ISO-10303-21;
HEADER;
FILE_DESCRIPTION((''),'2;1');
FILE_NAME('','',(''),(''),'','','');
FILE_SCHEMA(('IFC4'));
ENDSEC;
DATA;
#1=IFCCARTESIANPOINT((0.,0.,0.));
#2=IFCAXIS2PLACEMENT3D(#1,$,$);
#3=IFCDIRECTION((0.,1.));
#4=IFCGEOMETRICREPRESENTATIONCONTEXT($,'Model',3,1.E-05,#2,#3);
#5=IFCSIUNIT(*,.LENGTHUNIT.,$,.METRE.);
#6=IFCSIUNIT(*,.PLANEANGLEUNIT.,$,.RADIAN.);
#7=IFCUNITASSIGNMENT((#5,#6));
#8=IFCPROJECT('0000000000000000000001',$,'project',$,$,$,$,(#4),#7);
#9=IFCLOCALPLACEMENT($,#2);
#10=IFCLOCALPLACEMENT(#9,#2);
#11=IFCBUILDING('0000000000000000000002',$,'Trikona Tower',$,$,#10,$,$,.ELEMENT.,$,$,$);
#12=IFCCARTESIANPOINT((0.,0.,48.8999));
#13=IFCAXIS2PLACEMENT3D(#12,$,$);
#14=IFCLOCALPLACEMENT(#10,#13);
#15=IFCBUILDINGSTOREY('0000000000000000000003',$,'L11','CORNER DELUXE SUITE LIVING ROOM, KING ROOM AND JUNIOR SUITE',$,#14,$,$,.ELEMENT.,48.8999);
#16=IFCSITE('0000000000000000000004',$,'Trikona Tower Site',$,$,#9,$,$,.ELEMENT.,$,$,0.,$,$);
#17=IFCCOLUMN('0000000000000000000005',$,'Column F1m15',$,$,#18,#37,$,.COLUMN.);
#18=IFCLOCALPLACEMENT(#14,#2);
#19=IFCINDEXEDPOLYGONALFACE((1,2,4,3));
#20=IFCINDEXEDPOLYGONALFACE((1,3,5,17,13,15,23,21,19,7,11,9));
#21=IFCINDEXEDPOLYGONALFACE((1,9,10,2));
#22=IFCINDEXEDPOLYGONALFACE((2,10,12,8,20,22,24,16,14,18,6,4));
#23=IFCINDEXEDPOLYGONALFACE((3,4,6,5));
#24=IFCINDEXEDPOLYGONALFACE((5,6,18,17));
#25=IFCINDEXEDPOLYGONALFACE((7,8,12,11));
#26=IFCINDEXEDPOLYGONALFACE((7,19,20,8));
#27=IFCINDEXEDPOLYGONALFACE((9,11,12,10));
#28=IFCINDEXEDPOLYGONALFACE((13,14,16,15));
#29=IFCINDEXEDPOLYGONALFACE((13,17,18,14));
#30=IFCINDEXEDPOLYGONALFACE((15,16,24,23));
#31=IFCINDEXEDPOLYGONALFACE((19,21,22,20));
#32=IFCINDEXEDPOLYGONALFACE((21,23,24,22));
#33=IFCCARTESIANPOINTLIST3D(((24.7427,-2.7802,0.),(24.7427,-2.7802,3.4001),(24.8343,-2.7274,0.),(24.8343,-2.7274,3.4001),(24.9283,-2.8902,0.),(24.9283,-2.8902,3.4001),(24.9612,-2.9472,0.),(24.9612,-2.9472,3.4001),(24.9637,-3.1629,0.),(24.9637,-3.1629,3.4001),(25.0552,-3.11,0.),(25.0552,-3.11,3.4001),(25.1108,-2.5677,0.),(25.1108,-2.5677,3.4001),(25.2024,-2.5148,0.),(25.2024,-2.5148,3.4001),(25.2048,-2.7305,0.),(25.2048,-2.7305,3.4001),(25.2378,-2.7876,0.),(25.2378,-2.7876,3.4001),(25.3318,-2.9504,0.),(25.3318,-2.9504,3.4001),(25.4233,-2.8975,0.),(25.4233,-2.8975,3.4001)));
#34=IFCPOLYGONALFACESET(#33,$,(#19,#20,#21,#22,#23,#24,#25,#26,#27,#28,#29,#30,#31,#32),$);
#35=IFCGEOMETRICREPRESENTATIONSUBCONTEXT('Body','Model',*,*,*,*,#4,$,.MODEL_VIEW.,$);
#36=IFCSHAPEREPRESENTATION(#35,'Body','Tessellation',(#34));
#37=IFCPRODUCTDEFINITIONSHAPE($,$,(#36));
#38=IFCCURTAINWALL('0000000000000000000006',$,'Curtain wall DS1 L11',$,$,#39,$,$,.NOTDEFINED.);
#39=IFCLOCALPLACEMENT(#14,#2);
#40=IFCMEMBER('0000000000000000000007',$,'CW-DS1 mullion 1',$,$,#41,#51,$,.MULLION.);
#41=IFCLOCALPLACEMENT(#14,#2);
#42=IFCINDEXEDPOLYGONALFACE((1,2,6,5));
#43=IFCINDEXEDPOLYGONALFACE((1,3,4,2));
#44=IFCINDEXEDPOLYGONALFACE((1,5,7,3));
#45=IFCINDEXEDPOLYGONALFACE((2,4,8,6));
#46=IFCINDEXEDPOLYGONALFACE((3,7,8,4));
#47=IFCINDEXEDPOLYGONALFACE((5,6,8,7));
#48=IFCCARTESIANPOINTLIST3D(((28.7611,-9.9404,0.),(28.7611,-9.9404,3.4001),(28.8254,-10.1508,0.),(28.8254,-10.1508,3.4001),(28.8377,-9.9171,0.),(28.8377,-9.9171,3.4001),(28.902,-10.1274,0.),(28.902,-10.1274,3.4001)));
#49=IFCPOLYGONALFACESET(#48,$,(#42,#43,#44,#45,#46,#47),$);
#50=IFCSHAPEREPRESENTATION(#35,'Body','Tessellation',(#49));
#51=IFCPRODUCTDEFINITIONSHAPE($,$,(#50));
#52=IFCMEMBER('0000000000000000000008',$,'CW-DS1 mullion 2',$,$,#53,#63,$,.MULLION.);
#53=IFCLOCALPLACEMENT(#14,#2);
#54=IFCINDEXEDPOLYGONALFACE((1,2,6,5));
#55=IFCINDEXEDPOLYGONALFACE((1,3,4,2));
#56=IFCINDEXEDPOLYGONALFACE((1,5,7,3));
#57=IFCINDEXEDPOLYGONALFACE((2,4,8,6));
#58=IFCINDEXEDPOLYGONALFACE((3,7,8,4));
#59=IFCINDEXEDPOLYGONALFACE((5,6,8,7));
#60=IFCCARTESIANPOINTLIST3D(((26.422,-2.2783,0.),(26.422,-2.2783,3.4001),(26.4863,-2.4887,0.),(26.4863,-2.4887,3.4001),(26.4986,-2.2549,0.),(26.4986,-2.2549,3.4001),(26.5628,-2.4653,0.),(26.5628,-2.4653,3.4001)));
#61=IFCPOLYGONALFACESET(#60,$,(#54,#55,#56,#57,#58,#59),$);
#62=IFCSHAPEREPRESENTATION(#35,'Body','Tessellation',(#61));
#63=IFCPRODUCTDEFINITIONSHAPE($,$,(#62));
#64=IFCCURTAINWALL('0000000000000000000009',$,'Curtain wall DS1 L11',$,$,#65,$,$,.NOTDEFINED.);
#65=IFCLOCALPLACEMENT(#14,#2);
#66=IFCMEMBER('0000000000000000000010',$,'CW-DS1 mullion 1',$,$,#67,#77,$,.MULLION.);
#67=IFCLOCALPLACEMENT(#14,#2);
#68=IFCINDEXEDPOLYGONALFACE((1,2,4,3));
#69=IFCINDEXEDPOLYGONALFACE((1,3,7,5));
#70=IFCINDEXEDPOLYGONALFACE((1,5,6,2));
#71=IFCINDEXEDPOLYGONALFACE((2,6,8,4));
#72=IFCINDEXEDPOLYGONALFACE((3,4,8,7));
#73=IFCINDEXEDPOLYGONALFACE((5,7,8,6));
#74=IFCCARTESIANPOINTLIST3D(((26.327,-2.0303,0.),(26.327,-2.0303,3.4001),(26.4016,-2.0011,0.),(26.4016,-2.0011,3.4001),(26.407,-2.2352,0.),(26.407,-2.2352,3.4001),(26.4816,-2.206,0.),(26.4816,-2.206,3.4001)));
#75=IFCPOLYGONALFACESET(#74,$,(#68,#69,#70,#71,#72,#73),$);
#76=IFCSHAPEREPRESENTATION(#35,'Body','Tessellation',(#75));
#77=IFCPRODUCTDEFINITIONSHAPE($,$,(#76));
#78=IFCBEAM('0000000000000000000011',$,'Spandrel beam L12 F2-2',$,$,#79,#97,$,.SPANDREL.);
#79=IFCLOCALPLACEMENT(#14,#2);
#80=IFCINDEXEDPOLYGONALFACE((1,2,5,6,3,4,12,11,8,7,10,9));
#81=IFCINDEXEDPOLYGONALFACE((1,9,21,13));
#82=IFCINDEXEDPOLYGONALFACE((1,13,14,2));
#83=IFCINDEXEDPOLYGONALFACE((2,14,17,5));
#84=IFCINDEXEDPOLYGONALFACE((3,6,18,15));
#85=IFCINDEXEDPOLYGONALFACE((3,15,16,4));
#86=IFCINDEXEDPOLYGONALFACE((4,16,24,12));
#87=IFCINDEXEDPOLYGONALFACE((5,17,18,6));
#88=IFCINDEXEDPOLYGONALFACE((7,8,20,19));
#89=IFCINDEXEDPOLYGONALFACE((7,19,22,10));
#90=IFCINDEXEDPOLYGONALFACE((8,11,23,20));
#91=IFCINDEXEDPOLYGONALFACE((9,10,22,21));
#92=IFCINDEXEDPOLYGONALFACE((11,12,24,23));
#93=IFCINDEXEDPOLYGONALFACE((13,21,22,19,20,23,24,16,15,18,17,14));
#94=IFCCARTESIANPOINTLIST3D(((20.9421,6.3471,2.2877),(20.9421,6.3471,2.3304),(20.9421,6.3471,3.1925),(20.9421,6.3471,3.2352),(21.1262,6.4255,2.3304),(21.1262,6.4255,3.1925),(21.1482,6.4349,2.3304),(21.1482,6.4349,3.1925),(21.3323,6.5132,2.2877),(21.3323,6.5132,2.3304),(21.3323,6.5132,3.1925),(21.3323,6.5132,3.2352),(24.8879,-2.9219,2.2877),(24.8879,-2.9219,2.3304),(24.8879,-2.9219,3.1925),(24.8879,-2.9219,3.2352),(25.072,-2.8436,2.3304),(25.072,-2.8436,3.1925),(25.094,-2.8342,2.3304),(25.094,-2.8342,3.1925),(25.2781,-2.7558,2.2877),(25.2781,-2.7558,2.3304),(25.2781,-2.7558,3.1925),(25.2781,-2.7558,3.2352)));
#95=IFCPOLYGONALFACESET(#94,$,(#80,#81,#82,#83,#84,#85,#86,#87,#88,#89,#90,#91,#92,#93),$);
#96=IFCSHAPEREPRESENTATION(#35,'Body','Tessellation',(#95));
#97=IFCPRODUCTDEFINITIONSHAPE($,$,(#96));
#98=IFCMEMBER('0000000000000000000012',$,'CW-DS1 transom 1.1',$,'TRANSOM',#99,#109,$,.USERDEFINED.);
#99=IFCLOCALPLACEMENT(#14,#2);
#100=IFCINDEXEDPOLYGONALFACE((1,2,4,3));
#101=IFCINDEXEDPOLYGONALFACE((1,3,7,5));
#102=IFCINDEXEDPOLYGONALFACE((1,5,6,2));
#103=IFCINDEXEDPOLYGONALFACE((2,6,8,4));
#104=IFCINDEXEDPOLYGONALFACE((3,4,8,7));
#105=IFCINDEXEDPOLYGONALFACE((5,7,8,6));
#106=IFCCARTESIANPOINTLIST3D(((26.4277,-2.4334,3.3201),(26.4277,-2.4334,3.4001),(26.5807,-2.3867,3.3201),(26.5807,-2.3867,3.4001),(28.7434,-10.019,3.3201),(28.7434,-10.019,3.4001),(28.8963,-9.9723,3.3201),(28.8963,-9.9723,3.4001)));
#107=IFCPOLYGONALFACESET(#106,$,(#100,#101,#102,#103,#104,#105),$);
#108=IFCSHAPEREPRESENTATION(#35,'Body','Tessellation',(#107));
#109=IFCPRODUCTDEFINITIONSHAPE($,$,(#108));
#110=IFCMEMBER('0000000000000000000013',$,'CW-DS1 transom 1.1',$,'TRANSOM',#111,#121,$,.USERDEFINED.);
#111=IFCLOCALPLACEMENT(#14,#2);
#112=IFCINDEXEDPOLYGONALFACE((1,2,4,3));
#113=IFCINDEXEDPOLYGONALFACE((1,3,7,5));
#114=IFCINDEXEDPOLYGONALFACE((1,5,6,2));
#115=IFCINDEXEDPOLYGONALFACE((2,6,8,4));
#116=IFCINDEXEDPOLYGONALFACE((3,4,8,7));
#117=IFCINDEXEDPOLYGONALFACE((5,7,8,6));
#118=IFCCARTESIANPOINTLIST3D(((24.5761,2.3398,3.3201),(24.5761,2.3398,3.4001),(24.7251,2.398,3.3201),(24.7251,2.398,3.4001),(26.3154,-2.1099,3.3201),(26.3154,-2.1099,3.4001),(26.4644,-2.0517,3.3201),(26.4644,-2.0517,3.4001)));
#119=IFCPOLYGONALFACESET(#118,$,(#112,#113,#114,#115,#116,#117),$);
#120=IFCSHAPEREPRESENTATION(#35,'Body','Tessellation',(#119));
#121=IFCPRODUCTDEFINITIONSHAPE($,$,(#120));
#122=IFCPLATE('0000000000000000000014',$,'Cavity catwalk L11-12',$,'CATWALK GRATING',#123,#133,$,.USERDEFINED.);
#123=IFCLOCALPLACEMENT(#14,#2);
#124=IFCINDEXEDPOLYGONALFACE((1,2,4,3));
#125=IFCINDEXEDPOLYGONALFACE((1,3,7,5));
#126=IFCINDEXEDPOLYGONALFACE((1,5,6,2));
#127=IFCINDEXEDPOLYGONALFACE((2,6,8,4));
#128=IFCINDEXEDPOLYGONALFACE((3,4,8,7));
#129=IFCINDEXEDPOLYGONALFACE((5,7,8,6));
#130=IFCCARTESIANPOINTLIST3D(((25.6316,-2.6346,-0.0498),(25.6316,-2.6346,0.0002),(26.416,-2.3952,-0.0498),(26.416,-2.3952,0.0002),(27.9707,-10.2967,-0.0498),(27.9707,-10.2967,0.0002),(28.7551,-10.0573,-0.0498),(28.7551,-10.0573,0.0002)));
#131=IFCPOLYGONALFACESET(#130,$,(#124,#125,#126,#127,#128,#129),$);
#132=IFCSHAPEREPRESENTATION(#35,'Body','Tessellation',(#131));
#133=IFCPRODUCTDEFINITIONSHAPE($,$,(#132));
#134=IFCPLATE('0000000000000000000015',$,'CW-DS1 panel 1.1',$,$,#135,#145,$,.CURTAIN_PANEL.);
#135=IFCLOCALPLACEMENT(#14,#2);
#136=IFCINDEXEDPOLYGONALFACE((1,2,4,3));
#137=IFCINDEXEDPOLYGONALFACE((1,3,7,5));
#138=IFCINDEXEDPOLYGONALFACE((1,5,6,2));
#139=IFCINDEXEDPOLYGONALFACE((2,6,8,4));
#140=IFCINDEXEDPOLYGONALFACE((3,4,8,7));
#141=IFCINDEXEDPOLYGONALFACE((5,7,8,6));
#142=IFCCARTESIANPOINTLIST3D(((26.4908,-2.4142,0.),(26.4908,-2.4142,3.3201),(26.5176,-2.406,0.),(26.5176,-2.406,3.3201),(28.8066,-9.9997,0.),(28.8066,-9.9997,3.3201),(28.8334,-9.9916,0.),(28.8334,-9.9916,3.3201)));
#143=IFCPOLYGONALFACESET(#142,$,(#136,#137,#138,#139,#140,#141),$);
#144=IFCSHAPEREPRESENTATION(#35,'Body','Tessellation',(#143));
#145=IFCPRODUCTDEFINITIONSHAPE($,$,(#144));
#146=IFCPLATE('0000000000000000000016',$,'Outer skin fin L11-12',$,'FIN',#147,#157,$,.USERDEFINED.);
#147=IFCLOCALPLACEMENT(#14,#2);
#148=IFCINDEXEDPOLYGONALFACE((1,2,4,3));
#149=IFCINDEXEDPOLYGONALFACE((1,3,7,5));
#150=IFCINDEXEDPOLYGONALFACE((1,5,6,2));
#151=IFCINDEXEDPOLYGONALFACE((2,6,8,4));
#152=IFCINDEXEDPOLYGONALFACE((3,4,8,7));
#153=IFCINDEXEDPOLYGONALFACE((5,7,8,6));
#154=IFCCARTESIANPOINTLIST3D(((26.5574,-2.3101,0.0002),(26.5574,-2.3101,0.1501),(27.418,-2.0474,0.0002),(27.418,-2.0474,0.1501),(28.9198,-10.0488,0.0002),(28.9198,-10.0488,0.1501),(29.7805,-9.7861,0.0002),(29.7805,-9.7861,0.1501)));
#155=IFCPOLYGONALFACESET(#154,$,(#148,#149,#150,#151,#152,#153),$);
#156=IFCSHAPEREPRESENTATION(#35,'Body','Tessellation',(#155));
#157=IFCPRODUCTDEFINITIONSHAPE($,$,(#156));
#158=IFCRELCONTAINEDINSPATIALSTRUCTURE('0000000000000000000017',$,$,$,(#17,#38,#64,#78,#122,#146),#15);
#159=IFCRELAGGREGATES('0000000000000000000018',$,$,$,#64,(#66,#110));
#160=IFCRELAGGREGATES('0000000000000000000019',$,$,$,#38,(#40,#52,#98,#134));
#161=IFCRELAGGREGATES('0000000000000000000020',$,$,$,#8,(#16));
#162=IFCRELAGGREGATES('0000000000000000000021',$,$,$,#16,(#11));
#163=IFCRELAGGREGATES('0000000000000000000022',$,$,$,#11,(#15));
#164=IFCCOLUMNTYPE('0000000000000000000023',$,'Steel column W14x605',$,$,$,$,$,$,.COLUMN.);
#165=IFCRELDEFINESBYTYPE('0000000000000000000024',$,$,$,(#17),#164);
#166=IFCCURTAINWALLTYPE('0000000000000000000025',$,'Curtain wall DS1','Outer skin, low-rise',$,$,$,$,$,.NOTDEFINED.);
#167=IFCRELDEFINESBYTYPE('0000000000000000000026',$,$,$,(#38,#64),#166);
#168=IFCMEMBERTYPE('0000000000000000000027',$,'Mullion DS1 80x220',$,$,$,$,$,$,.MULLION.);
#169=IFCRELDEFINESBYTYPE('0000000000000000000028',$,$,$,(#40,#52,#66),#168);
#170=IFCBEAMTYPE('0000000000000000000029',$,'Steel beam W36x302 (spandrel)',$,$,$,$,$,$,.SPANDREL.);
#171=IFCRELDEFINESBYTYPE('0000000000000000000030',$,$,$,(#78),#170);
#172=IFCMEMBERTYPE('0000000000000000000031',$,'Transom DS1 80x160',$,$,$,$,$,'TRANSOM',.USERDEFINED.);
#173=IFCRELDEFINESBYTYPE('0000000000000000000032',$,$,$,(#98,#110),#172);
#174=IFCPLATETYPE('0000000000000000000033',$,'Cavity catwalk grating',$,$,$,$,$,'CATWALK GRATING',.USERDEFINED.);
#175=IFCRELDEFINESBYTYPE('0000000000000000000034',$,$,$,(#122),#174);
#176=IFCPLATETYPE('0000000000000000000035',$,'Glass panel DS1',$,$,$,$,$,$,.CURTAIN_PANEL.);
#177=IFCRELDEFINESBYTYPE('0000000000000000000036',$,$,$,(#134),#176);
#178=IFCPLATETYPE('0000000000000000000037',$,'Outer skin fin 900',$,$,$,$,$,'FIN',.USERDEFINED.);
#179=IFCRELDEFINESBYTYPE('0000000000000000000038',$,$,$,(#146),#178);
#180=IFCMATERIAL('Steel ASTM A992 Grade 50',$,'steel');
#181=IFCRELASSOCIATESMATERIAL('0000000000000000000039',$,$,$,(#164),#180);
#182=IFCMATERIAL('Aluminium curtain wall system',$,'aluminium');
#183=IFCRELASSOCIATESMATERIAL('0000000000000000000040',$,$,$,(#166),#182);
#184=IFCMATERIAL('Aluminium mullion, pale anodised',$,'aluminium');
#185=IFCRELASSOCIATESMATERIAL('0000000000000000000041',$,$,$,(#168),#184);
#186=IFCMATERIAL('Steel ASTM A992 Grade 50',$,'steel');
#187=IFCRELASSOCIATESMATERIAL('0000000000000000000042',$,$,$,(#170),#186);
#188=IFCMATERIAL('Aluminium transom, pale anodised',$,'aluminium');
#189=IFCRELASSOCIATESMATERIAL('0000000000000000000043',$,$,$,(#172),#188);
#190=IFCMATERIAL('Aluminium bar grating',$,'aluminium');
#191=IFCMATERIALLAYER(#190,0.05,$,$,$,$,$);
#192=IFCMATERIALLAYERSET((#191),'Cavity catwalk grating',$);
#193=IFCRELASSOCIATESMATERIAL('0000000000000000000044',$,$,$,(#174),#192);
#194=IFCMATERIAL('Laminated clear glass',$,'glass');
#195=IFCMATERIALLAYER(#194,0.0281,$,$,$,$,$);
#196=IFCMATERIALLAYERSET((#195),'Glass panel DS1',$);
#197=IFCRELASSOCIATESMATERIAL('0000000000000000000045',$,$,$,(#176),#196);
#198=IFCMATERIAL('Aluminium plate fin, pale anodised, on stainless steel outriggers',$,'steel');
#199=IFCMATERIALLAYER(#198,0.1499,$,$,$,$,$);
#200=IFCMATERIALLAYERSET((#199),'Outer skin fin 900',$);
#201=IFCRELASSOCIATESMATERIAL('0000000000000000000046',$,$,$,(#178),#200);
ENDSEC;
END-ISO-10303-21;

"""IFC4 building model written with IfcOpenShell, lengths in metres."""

from ifc_helpers import new_model, si_unit, direction, frame, origin, origin_2d, place, context, subcontext, project, spatial, rectangle, i_section, extrude, material, layer, layer_set, material_profile, profile_set, type_object, element, aggregate, save


model = new_model("IFC4")

# Units and contexts
model_context = context("Model", 3, precision=1e-05, world=origin(), true_north=direction((0.0, 1.0)))
body_context = subcontext(model_context, "Body", "Model", "MODEL_VIEW")
ifc_project = project(units=[si_unit("LENGTHUNIT", "METRE"), si_unit("PLANEANGLEUNIT", "RADIAN")], contexts=[model_context])

# Site, building, storey
site_placement = place(None, origin())
site = spatial("IfcSite", under=ifc_project, at=site_placement, Name="Trikona Tower Site", CompositionType="ELEMENT", RefElevation=0.0)
building_placement = place(site_placement, origin())
building = spatial("IfcBuilding", under=site, at=building_placement, Name="Trikona Tower", CompositionType="ELEMENT")
storey_placement = place(building_placement, frame((0.0, 0.0, 48.8999)))
storey = spatial("IfcBuildingStorey", under=building, at=storey_placement, Name="L11", Description="CORNER DELUXE SUITE LIVING ROOM, KING ROOM AND JUNIOR SUITE", CompositionType="ELEMENT", Elevation=48.8999)

# Column
ifc_material_1 = material(Name="Steel ASTM A992 Grade 50", Category="steel")
ifc_material_profile_1 = material_profile(ifc_material_1, i_section(OverallWidth=0.4419, OverallDepth=0.5308, WebThickness=0.0659, FlangeThickness=0.1057, at=origin_2d()), Name="W14X605")
ifc_profile_set_1 = profile_set([ifc_material_profile_1], Name="Steel ASTM A992 Grade 50")
column_type = type_object("IfcColumnType", Name="Steel column W14x605", PredefinedType="COLUMN", material=ifc_profile_set_1)
column_placement = place(storey_placement, frame((25.083, -2.8389, 0.0), z_axis=(0.0, 0.0, 1.0), x_axis=(-0.5, 0.866025, 0.0)))
element("IfcColumn", 1, at=column_placement, inside=storey, type_object=column_type, Name="Column F1m15", PredefinedType="COLUMN", context=body_context, shape_type="SweptSolid", body=[
    extrude(i_section(OverallWidth=0.4419, OverallDepth=0.5308, WebThickness=0.0659, FlangeThickness=0.1057, at=origin_2d()), origin(), (0.0, 0.0, 1.0), 3.4001),
])

# Curtain wall, members
ifc_material_2 = material(Name="Aluminium curtain wall system", Category="aluminium")
curtain_wall_type = type_object("IfcCurtainWallType", Name="Curtain wall DS1", Description="Outer skin, low-rise", PredefinedType="NOTDEFINED", material=ifc_material_2)
curtain_wall_1_placement = place(storey_placement, origin())
curtain_wall_1 = element("IfcCurtainWall", 2, at=curtain_wall_1_placement, inside=storey, type_object=curtain_wall_type, Name="Curtain wall DS1 L11", PredefinedType="NOTDEFINED")
ifc_material_3 = material(Name="Aluminium mullion, pale anodised", Category="aluminium")
ifc_material_profile_2 = material_profile(ifc_material_3, rectangle(XDim=0.0801, YDim=0.22, at=origin_2d()), Name="MUL-DS1")
ifc_profile_set_2 = profile_set([ifc_material_profile_2], Name="Aluminium mullion, pale anodised")
member_type_1 = type_object("IfcMemberType", Name="Mullion DS1 80x220", PredefinedType="MULLION", material=ifc_profile_set_2)
member_1_placement = place(storey_placement, frame((28.8315, -10.0339, 0.0), z_axis=(0.0, 0.0, 1.0), x_axis=(-0.956423, -0.291984, 0.0)))
member_1 = element("IfcMember", 3, at=member_1_placement, type_object=member_type_1, Name="CW-DS1 mullion 1", PredefinedType="MULLION", context=body_context, shape_type="SweptSolid", body=[
    extrude(rectangle(XDim=0.0801, YDim=0.22, at=origin_2d()), origin(), (0.0, 0.0, 1.0), 3.4001),
])
member_2_placement = place(storey_placement, frame((26.4924, -2.3718, 0.0), z_axis=(0.0, 0.0, 1.0), x_axis=(-0.956423, -0.291984, 0.0)))
member_2 = element("IfcMember", 4, at=member_2_placement, type_object=member_type_1, Name="CW-DS1 mullion 2", PredefinedType="MULLION", context=body_context, shape_type="SweptSolid", body=[
    extrude(rectangle(XDim=0.0801, YDim=0.22, at=origin_2d()), origin(), (0.0, 0.0, 1.0), 3.4001),
])

# Curtain wall, member
curtain_wall_2_placement = place(storey_placement, origin())
curtain_wall_2 = element("IfcCurtainWall", 5, at=curtain_wall_2_placement, inside=storey, type_object=curtain_wall_type, Name="Curtain wall DS1 L11", PredefinedType="NOTDEFINED")
member_3_placement = place(storey_placement, frame((26.4043, -2.1182, 0.0), z_axis=(0.0, 0.0, 1.0), x_axis=(-0.931396, -0.364008, 0.0)))
member_3 = element("IfcMember", 6, at=member_3_placement, type_object=member_type_1, Name="CW-DS1 mullion 1", PredefinedType="MULLION", context=body_context, shape_type="SweptSolid", body=[
    extrude(rectangle(XDim=0.0801, YDim=0.22, at=origin_2d()), origin(), (0.0, 0.0, 1.0), 3.4001),
])

# Beam
ifc_material_4 = material(Name="Steel ASTM A992 Grade 50", Category="steel")
ifc_material_profile_3 = material_profile(ifc_material_4, i_section(OverallWidth=0.4241, OverallDepth=0.9475, WebThickness=0.0239, FlangeThickness=0.0427, at=origin_2d()), Name="W36X302")
ifc_profile_set_3 = profile_set([ifc_material_profile_3], Name="Steel ASTM A992 Grade 50")
beam_type = type_object("IfcBeamType", Name="Steel beam W36x302 (spandrel)", PredefinedType="SPANDREL", material=ifc_profile_set_3)
beam_placement = place(storey_placement, frame((25.083, -2.8389, 2.7615), z_axis=(-0.391684, 0.9201, 0.0), x_axis=(-0.9201, -0.391684, 0.0)))
element("IfcBeam", 7, at=beam_placement, inside=storey, type_object=beam_type, Name="Spandrel beam L12 F2-2", PredefinedType="SPANDREL", context=body_context, shape_type="SweptSolid", body=[
    extrude(i_section(OverallWidth=0.4241, OverallDepth=0.9475, WebThickness=0.0239, FlangeThickness=0.0427, at=origin_2d()), origin(), (0.0, 0.0, 1.0), 10.074),
])

# Members
ifc_material_5 = material(Name="Aluminium transom, pale anodised", Category="aluminium")
ifc_material_profile_4 = material_profile(ifc_material_5, rectangle(XDim=0.1599, YDim=0.0801, at=origin_2d()), Name="TRN-DS1")
ifc_profile_set_4 = profile_set([ifc_material_profile_4], Name="Aluminium transom, pale anodised")
member_type_2 = type_object("IfcMemberType", Name="Transom DS1 80x160", ElementType="TRANSOM", PredefinedType="USERDEFINED", material=ifc_profile_set_4)
member_4_placement = place(storey_placement, frame((28.8198, -9.9956, 3.3601), z_axis=(-0.291967, 0.956428, 0.0), x_axis=(-0.956428, -0.291967, 0.0)))
member_4 = element("IfcMember", 8, at=member_4_placement, type_object=member_type_2, Name="CW-DS1 transom 1.1", ObjectType="TRANSOM", PredefinedType="USERDEFINED", context=body_context, shape_type="SweptSolid", body=[
    extrude(rectangle(XDim=0.1599, YDim=0.0801, at=origin_2d()), origin(), (0.0, 0.0, 1.0), 7.9312),
])
member_5_placement = place(storey_placement, frame((26.3899, -2.0808, 3.3601), z_axis=(-0.364049, 0.93138, 0.0), x_axis=(-0.93138, -0.364049, 0.0)))
member_5 = element("IfcMember", 9, at=member_5_placement, type_object=member_type_2, Name="CW-DS1 transom 1.1", ObjectType="TRANSOM", PredefinedType="USERDEFINED", context=body_context, shape_type="SweptSolid", body=[
    extrude(rectangle(XDim=0.1599, YDim=0.0801, at=origin_2d()), origin(), (0.0, 0.0, 1.0), 4.7776),
])
aggregate(curtain_wall_2, [member_3, member_5])

# Plates
ifc_material_6 = material(Name="Aluminium bar grating", Category="aluminium")
ifc_layer_1 = layer(ifc_material_6, 0.05)
ifc_layer_set_1 = layer_set([ifc_layer_1], Name="Cavity catwalk grating")
plate_type_1 = type_object("IfcPlateType", Name="Cavity catwalk grating", ElementType="CATWALK GRATING", PredefinedType="USERDEFINED", material=ifc_layer_set_1)
plate_1_placement = place(storey_placement, frame((27.1934, -6.3459, -0.0498), z_axis=(0.0, 0.0, 1.0), x_axis=(-0.291979, 0.956425, 0.0)))
element("IfcPlate", 10, at=plate_1_placement, inside=storey, type_object=plate_type_1, Name="Cavity catwalk L11-12", ObjectType="CATWALK GRATING", PredefinedType="USERDEFINED", context=body_context, shape_type="SweptSolid", body=[
    extrude(rectangle(XDim=8.0112, YDim=0.8201, at=origin_2d()), origin(), (0.0, 0.0, 1.0), 0.05),
])
ifc_material_7 = material(Name="Laminated clear glass", Category="glass")
ifc_layer_2 = layer(ifc_material_7, 0.0281)
ifc_layer_set_2 = layer_set([ifc_layer_2], Name="Glass panel DS1")
plate_type_2 = type_object("IfcPlateType", Name="Glass panel DS1", PredefinedType="CURTAIN_PANEL", material=ifc_layer_set_2)
plate_2_placement = place(storey_placement, frame((27.6621, -6.2029, 0.0), z_axis=(0.0, 0.0, 1.0), x_axis=(-0.291984, 0.956423, 0.0)))
plate_2 = element("IfcPlate", 11, at=plate_2_placement, type_object=plate_type_2, Name="CW-DS1 panel 1.1", PredefinedType="CURTAIN_PANEL", context=body_context, shape_type="SweptSolid", body=[
    extrude(rectangle(XDim=7.9312, YDim=0.0281, at=origin_2d()), origin(), (0.0, 0.0, 1.0), 3.3201),
])
aggregate(curtain_wall_1, [member_1, member_2, member_4, plate_2])
ifc_material_8 = material(Name="Aluminium plate fin, pale anodised, on stainless steel outriggers", Category="steel")
ifc_layer_3 = layer(ifc_material_8, 0.1499)
ifc_layer_set_3 = layer_set([ifc_layer_3], Name="Outer skin fin 900")
plate_type_3 = type_object("IfcPlateType", Name="Outer skin fin 900", ElementType="FIN", PredefinedType="USERDEFINED", material=ifc_layer_set_3)
plate_3_placement = place(storey_placement, frame((28.1689, -6.0481, 0.0002), z_axis=(0.0, 0.0, 1.0), x_axis=(-0.291979, 0.956425, 0.0)))
element("IfcPlate", 12, at=plate_3_placement, inside=storey, type_object=plate_type_3, Name="Outer skin fin L11-12", ObjectType="FIN", PredefinedType="USERDEFINED", context=body_context, shape_type="SweptSolid", body=[
    extrude(rectangle(XDim=8.0913, YDim=0.8999, at=origin_2d()), origin(), (0.0, 0.0, 1.0), 0.1499),
])

save(model, "model.ifc")
